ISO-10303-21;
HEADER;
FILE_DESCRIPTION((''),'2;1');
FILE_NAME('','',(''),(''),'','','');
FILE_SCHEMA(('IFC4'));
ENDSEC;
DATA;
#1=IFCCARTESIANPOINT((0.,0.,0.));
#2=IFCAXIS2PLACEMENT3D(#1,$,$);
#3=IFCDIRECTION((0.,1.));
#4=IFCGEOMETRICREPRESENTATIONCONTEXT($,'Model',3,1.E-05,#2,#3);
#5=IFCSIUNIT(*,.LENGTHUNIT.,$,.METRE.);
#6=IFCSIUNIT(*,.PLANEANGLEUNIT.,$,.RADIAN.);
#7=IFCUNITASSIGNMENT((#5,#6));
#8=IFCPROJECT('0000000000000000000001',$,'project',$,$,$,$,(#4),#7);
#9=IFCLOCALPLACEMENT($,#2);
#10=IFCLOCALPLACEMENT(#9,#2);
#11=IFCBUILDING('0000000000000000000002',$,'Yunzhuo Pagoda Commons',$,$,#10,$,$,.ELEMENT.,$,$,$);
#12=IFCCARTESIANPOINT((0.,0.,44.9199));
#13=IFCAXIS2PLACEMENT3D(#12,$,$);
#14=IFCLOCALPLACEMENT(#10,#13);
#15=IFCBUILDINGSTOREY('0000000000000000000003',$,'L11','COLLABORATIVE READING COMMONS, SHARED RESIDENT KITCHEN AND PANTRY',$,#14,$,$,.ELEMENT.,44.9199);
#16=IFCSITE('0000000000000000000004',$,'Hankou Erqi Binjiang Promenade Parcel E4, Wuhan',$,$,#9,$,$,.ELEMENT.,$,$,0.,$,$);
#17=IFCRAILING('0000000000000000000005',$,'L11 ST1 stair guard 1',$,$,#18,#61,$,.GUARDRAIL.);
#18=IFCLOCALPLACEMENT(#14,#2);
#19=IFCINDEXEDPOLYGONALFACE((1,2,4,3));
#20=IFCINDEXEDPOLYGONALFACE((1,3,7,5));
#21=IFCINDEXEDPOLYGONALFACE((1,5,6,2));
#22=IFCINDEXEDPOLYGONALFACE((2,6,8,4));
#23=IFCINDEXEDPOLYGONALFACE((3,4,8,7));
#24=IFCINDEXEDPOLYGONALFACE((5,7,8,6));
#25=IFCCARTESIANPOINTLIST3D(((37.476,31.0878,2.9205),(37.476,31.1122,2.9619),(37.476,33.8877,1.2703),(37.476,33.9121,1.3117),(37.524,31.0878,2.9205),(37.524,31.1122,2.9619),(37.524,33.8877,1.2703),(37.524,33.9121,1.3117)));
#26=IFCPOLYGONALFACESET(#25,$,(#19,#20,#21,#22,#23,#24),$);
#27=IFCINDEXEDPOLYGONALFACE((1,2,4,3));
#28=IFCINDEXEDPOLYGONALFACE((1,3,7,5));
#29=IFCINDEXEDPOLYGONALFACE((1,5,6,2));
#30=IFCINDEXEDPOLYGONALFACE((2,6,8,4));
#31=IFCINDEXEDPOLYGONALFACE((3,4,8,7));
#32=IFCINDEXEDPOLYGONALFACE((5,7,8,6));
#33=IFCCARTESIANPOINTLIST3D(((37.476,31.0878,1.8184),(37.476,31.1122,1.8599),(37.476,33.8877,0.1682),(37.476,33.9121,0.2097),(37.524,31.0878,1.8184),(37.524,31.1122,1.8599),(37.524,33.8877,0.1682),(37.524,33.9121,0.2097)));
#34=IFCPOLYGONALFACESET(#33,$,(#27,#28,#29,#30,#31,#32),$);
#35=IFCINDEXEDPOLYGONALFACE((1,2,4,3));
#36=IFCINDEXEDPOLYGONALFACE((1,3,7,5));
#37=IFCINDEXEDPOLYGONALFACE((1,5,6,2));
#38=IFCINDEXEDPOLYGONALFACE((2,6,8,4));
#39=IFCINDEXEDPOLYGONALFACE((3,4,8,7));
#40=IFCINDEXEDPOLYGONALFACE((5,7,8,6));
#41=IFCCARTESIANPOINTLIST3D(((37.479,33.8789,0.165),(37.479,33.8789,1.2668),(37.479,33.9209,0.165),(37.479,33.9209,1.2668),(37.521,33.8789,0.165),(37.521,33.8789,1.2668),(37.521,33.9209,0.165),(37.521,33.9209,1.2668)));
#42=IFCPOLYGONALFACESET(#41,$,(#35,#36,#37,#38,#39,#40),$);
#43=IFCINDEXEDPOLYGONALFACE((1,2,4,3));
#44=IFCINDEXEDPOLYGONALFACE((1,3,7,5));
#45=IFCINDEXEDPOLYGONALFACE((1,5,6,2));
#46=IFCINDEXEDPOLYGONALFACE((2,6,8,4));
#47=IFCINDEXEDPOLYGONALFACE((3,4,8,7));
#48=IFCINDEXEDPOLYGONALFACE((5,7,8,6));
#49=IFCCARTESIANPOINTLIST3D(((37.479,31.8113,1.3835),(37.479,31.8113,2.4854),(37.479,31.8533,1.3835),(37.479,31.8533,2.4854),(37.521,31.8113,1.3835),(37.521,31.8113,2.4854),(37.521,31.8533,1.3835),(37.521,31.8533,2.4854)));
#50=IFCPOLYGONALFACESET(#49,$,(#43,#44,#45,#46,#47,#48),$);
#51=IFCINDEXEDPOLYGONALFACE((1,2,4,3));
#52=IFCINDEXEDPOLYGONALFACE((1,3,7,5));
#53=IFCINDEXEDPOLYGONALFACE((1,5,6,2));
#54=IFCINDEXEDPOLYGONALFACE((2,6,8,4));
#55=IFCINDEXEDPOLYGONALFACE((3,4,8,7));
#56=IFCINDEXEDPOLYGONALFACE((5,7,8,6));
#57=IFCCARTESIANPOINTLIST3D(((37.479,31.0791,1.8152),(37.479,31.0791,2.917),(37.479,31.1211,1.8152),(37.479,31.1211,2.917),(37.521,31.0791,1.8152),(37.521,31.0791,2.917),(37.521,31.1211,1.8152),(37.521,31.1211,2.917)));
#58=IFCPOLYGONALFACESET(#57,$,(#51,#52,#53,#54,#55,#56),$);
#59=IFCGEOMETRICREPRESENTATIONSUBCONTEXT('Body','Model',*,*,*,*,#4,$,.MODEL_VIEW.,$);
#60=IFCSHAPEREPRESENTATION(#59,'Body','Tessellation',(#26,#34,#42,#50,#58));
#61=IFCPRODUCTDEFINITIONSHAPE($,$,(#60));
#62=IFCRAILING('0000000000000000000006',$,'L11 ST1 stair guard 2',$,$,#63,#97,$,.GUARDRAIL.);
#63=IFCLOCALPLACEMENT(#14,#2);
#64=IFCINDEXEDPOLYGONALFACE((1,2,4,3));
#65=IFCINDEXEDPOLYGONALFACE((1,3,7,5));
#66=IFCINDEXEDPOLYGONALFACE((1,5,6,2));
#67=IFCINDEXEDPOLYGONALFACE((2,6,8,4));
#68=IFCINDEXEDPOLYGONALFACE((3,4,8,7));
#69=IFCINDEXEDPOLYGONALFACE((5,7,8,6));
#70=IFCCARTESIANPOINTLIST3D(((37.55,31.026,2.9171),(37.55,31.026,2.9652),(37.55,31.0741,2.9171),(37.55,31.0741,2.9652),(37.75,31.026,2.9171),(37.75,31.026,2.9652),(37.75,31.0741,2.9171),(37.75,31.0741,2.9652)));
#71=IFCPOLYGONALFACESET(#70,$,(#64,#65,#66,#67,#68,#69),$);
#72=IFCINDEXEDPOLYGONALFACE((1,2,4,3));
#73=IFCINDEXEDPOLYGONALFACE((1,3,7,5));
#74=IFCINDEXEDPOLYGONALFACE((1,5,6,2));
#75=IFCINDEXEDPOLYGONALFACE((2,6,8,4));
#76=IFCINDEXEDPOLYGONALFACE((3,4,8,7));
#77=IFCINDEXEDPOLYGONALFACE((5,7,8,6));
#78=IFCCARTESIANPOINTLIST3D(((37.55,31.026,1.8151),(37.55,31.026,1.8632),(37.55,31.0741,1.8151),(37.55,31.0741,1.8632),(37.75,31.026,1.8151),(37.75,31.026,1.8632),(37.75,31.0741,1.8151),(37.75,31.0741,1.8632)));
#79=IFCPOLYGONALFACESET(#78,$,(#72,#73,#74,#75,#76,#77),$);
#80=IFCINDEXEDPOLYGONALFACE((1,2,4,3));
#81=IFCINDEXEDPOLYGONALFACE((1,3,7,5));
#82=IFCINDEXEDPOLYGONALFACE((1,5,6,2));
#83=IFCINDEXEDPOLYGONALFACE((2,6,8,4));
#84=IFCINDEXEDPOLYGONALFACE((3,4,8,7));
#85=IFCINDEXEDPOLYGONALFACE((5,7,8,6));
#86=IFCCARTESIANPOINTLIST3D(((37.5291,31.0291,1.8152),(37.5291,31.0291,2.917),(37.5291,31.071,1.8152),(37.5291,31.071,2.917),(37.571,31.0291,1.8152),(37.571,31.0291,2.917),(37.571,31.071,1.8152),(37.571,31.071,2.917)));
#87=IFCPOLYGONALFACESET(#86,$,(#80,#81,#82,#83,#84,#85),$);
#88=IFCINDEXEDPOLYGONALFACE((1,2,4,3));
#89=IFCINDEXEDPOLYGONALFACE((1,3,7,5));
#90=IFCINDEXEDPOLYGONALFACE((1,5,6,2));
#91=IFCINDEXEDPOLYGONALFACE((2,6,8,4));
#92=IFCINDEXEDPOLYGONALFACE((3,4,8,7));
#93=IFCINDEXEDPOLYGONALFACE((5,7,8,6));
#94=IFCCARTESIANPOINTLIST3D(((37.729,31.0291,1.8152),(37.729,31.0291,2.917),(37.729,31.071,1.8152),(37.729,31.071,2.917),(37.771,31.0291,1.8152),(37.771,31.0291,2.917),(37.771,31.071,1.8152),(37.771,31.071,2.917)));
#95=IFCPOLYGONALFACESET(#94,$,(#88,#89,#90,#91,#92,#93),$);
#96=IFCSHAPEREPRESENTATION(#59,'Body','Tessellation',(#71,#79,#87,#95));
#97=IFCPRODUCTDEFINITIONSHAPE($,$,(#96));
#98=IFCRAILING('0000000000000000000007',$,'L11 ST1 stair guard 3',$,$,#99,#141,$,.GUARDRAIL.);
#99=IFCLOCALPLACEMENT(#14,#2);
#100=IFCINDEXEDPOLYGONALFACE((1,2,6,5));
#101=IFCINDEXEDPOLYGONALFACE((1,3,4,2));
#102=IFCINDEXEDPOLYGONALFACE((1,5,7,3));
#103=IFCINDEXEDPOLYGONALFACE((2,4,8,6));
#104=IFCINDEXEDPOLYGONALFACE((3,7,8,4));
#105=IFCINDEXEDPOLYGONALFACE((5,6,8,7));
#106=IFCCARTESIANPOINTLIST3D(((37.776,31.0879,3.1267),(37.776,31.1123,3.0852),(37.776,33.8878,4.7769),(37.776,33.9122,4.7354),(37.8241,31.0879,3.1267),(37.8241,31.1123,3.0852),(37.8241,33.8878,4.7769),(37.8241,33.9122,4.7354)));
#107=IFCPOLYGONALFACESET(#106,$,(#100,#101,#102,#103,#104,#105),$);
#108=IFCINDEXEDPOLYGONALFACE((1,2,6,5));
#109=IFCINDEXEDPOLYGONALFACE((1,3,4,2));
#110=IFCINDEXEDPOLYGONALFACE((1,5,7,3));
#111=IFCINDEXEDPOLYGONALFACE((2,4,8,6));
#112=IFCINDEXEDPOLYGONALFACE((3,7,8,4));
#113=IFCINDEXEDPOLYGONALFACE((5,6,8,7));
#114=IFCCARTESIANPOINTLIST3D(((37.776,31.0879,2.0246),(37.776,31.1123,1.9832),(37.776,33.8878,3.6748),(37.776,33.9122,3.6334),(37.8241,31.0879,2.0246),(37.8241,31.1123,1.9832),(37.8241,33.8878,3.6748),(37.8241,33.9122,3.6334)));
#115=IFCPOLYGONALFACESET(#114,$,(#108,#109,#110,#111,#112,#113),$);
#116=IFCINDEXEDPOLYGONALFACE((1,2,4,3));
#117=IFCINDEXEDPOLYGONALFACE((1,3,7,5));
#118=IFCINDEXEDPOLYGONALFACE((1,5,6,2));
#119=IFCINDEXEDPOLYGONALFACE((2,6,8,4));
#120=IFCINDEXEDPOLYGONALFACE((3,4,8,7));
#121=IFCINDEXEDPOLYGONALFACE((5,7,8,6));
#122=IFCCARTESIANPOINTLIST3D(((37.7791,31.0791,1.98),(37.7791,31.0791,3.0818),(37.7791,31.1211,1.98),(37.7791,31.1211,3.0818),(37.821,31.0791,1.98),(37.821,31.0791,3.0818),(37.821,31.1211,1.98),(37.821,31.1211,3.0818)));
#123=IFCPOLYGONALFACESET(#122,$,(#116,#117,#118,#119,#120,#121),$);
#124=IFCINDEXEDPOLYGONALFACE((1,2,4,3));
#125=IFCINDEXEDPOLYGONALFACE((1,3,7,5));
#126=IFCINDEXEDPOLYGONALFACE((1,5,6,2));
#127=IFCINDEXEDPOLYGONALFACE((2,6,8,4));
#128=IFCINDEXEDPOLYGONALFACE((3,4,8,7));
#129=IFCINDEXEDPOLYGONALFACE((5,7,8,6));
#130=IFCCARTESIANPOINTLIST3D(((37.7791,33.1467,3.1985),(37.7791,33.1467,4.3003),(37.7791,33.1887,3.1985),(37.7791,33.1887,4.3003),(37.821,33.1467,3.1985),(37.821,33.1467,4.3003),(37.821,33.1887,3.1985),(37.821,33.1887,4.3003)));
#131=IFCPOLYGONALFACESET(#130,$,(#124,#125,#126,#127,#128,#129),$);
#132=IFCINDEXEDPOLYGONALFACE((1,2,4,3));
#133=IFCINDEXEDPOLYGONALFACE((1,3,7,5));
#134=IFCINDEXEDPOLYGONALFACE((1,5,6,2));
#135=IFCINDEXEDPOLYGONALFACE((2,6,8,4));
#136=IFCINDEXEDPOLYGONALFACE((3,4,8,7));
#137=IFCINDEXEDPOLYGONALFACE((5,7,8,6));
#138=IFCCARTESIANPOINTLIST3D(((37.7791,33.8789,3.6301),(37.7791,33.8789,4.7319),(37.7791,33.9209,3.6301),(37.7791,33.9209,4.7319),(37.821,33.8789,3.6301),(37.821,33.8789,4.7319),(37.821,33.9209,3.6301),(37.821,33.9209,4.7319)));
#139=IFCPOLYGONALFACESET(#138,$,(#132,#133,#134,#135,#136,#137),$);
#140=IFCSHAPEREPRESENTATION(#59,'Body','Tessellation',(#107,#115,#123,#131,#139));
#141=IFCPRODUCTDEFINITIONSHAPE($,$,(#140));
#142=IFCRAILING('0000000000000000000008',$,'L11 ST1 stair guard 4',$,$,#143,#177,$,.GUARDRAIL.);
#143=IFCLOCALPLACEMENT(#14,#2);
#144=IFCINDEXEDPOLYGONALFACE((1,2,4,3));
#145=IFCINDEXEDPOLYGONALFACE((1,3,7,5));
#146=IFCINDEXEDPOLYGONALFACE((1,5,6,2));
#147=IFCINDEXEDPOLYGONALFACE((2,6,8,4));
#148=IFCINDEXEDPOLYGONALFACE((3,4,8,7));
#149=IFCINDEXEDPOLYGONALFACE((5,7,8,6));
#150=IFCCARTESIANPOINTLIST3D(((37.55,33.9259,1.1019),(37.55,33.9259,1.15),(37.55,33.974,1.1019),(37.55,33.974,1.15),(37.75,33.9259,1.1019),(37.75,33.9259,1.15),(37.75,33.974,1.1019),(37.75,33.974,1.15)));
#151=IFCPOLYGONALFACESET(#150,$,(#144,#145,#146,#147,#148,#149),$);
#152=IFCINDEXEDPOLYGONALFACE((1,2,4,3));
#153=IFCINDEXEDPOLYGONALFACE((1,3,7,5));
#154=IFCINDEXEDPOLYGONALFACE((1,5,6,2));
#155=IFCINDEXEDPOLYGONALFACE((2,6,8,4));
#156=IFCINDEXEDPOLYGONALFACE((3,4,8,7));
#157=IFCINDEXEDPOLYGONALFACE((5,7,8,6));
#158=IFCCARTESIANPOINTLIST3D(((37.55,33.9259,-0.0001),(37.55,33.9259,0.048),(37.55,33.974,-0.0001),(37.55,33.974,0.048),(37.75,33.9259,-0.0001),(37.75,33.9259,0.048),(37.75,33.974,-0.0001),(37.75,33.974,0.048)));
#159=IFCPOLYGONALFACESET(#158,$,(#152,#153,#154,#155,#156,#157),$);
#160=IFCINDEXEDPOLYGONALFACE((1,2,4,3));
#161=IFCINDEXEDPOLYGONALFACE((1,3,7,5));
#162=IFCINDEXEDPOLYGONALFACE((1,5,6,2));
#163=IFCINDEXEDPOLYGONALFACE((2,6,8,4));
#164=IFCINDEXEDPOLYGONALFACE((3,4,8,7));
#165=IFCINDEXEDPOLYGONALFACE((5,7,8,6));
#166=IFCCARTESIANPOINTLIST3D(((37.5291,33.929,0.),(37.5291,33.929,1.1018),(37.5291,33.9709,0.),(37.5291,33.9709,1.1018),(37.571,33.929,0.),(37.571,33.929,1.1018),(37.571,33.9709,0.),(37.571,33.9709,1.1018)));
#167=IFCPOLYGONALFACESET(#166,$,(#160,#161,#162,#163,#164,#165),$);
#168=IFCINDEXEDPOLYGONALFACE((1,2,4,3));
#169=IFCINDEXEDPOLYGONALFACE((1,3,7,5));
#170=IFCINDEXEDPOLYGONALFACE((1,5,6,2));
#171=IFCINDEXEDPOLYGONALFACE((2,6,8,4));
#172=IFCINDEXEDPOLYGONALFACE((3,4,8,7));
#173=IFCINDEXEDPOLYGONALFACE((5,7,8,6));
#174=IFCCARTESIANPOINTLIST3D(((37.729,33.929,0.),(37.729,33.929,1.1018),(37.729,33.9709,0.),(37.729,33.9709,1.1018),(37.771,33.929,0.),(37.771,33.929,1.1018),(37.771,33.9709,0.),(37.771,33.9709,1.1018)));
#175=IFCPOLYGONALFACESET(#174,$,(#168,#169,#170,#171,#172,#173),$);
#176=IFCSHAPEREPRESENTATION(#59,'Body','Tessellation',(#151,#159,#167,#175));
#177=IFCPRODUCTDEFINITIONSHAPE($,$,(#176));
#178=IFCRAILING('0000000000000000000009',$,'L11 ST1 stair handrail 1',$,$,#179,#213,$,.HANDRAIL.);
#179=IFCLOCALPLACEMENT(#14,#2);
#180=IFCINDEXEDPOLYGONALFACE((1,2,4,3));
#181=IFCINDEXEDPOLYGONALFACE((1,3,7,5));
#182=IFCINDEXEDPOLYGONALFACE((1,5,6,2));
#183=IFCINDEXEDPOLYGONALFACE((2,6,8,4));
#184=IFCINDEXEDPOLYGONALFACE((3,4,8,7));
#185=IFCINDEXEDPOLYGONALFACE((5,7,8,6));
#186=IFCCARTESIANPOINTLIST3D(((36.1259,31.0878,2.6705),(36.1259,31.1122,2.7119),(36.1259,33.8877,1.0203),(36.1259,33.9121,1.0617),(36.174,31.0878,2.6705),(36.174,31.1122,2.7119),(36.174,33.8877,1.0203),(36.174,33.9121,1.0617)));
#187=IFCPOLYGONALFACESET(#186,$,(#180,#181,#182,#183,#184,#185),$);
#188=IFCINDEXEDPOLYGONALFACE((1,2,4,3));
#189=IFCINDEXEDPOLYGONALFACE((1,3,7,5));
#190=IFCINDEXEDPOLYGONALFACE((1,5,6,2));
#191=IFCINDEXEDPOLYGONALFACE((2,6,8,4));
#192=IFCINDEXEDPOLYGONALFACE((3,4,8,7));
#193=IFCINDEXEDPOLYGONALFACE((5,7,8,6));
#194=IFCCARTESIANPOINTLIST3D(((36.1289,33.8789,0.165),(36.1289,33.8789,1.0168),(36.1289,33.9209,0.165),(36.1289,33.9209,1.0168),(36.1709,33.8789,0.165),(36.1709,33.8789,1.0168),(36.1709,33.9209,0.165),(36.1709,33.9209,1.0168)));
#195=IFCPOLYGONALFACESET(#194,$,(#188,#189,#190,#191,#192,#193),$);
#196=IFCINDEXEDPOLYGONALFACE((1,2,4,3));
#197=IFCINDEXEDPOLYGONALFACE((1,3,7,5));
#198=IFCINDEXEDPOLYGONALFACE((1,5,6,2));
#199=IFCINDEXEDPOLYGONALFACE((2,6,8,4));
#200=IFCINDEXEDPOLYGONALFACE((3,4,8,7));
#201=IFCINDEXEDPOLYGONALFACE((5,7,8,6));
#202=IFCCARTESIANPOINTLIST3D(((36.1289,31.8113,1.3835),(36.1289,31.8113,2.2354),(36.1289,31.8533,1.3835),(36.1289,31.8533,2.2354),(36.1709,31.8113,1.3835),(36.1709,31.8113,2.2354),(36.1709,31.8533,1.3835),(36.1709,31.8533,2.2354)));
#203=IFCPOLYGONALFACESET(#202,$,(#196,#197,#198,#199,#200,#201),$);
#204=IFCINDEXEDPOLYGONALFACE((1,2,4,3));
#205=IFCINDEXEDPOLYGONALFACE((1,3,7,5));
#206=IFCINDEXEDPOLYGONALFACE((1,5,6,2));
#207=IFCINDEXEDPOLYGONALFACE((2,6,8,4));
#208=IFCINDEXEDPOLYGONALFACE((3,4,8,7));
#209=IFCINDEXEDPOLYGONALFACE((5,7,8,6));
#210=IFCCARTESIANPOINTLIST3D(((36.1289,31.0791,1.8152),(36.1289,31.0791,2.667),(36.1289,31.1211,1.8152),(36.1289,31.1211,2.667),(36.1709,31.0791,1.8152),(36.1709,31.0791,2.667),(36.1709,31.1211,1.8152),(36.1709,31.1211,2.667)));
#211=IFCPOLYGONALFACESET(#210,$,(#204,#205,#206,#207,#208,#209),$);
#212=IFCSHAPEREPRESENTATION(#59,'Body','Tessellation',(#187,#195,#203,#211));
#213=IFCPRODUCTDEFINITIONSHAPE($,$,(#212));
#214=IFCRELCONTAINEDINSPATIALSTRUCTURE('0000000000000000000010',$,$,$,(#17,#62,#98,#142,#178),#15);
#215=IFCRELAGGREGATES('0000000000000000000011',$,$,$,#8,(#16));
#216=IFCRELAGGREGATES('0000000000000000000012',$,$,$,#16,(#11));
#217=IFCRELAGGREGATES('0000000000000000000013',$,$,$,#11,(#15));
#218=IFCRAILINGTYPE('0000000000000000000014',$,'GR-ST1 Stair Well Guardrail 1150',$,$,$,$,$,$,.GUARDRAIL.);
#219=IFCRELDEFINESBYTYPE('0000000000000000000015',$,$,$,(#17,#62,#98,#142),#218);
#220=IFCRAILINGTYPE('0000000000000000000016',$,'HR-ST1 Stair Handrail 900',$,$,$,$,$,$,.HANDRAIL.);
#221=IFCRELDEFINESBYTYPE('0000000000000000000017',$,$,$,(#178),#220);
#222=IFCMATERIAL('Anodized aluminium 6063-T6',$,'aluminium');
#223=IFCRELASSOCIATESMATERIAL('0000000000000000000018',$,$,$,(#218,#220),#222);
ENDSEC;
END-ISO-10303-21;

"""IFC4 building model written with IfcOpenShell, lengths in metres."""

from ifc_helpers import new_model, si_unit, direction, frame, origin, origin_2d, place, context, subcontext, project, spatial, rectangle, extrude, material, type_object, element, save


model = new_model("IFC4")

# Units and contexts
model_context = context("Model", 3, precision=1e-05, world=origin(), true_north=direction((0.0, 1.0)))
body_context = subcontext(model_context, "Body", "Model", "MODEL_VIEW")
ifc_project = project(units=[si_unit("LENGTHUNIT", "METRE"), si_unit("PLANEANGLEUNIT", "RADIAN")], contexts=[model_context])

# Site, building, storey
site_placement = place(None, origin())
site = spatial("IfcSite", under=ifc_project, at=site_placement, Name="Hankou Erqi Binjiang Promenade Parcel E4, Wuhan", CompositionType="ELEMENT", RefElevation=0.0)
building_placement = place(site_placement, origin())
building = spatial("IfcBuilding", under=site, at=building_placement, Name="Yunzhuo Pagoda Commons", CompositionType="ELEMENT")
storey_placement = place(building_placement, frame((0.0, 0.0, 44.9199)))
storey = spatial("IfcBuildingStorey", under=building, at=storey_placement, Name="L11", Description="COLLABORATIVE READING COMMONS, SHARED RESIDENT KITCHEN AND PANTRY", CompositionType="ELEMENT", Elevation=44.9199)

# Railings
ifc_material_1 = material(Name="Anodized aluminium 6063-T6", Category="aluminium")
railing_type_1 = type_object("IfcRailingType", Name="GR-ST1 Stair Well Guardrail 1150", PredefinedType="GUARDRAIL", material=ifc_material_1)
railing_1_placement = place(storey_placement, frame((37.5, 33.8999, 0.165)))
element("IfcRailing", 1, at=railing_1_placement, inside=storey, type_object=railing_type_1, Name="L11 ST1 stair guard 1", PredefinedType="GUARDRAIL", context=body_context, shape_type="SweptSolid", body=[
    extrude(rectangle(XDim=0.0481, YDim=0.0481, at=origin_2d()), frame((0.0, 0.0, 1.126), z_axis=(0.0, -0.861503, 0.507752), x_axis=(1.0, 0.0, 0.0)), (0.0, 0.0, 1.0), 3.25),
    extrude(rectangle(XDim=0.0481, YDim=0.0481, at=origin_2d()), frame((0.0, 0.0, 0.0239), z_axis=(0.0, -0.861503, 0.507752), x_axis=(1.0, 0.0, 0.0)), (0.0, 0.0, 1.0), 3.25),
    extrude(rectangle(XDim=0.042, YDim=0.042, at=origin_2d()), origin(), (0.0, 0.0, 1.0), 1.1018),
    extrude(rectangle(XDim=0.042, YDim=0.042, at=origin_2d()), frame((0.0, -2.0676, 1.2185)), (0.0, 0.0, 1.0), 1.1018),
    extrude(rectangle(XDim=0.042, YDim=0.042, at=origin_2d()), frame((0.0, -2.7998, 1.6501)), (0.0, 0.0, 1.0), 1.1018),
])
railing_2_placement = place(storey_placement, frame((37.55, 31.05, 1.8152)))
element("IfcRailing", 2, at=railing_2_placement, inside=storey, type_object=railing_type_1, Name="L11 ST1 stair guard 2", PredefinedType="GUARDRAIL", context=body_context, shape_type="SweptSolid", body=[
    extrude(rectangle(XDim=0.0481, YDim=0.0481, at=origin_2d()), frame((0.0, 0.0, 1.126), z_axis=(1.0, 0.0, 0.0), x_axis=(0.0, 1.0, 0.0)), (0.0, 0.0, 1.0), 0.2),
    extrude(rectangle(XDim=0.0481, YDim=0.0481, at=origin_2d()), frame((0.0, 0.0, 0.0239), z_axis=(1.0, 0.0, 0.0), x_axis=(0.0, 1.0, 0.0)), (0.0, 0.0, 1.0), 0.2),
    extrude(rectangle(XDim=0.042, YDim=0.042, at=origin_2d()), origin(), (0.0, 0.0, 1.0), 1.1018),
    extrude(rectangle(XDim=0.042, YDim=0.042, at=origin_2d()), frame((0.2, 0.0, 0.0)), (0.0, 0.0, 1.0), 1.1018),
])
railing_3_placement = place(storey_placement, frame((37.8, 31.1001, 1.98)))
element("IfcRailing", 3, at=railing_3_placement, inside=storey, type_object=railing_type_1, Name="L11 ST1 stair guard 3", PredefinedType="GUARDRAIL", context=body_context, shape_type="SweptSolid", body=[
    extrude(rectangle(XDim=0.0481, YDim=0.0481, at=origin_2d()), frame((0.0, 0.0, 1.126), z_axis=(0.0, 0.861503, 0.507752), x_axis=(-1.0, 0.0, 0.0)), (0.0, 0.0, 1.0), 3.25),
    extrude(rectangle(XDim=0.0481, YDim=0.0481, at=origin_2d()), frame((0.0, 0.0, 0.0239), z_axis=(0.0, 0.861503, 0.507752), x_axis=(-1.0, 0.0, 0.0)), (0.0, 0.0, 1.0), 3.25),
    extrude(rectangle(XDim=0.042, YDim=0.042, at=origin_2d()), origin(), (0.0, 0.0, 1.0), 1.1018),
    extrude(rectangle(XDim=0.042, YDim=0.042, at=origin_2d()), frame((0.0, 2.0676, 1.2185)), (0.0, 0.0, 1.0), 1.1018),
    extrude(rectangle(XDim=0.042, YDim=0.042, at=origin_2d()), frame((0.0, 2.7998, 1.6501)), (0.0, 0.0, 1.0), 1.1018),
])
railing_4_placement = place(storey_placement, frame((37.55, 33.95, 0.0)))
element("IfcRailing", 4, at=railing_4_placement, inside=storey, type_object=railing_type_1, Name="L11 ST1 stair guard 4", PredefinedType="GUARDRAIL", context=body_context, shape_type="SweptSolid", body=[
    extrude(rectangle(XDim=0.0481, YDim=0.0481, at=origin_2d()), frame((0.0, 0.0, 1.126), z_axis=(1.0, 0.0, 0.0), x_axis=(0.0, 1.0, 0.0)), (0.0, 0.0, 1.0), 0.2),
    extrude(rectangle(XDim=0.0481, YDim=0.0481, at=origin_2d()), frame((0.0, 0.0, 0.0239), z_axis=(1.0, 0.0, 0.0), x_axis=(0.0, 1.0, 0.0)), (0.0, 0.0, 1.0), 0.2),
    extrude(rectangle(XDim=0.042, YDim=0.042, at=origin_2d()), origin(), (0.0, 0.0, 1.0), 1.1018),
    extrude(rectangle(XDim=0.042, YDim=0.042, at=origin_2d()), frame((0.2, 0.0, 0.0)), (0.0, 0.0, 1.0), 1.1018),
])
railing_type_2 = type_object("IfcRailingType", Name="HR-ST1 Stair Handrail 900", PredefinedType="HANDRAIL", material=ifc_material_1)
railing_5_placement = place(storey_placement, frame((36.1499, 33.8999, 0.165)))
element("IfcRailing", 5, at=railing_5_placement, inside=storey, type_object=railing_type_2, Name="L11 ST1 stair handrail 1", PredefinedType="HANDRAIL", context=body_context, shape_type="SweptSolid", body=[
    extrude(rectangle(XDim=0.0481, YDim=0.0481, at=origin_2d()), frame((0.0, 0.0, 0.876), z_axis=(0.0, -0.861503, 0.507752), x_axis=(1.0, 0.0, 0.0)), (0.0, 0.0, 1.0), 3.25),
    extrude(rectangle(XDim=0.042, YDim=0.042, at=origin_2d()), origin(), (0.0, 0.0, 1.0), 0.8518),
    extrude(rectangle(XDim=0.042, YDim=0.042, at=origin_2d()), frame((0.0, -2.0676, 1.2185)), (0.0, 0.0, 1.0), 0.8518),
    extrude(rectangle(XDim=0.042, YDim=0.042, at=origin_2d()), frame((0.0, -2.7998, 1.6501)), (0.0, 0.0, 1.0), 0.8518),
])

save(model, "model.ifc")
